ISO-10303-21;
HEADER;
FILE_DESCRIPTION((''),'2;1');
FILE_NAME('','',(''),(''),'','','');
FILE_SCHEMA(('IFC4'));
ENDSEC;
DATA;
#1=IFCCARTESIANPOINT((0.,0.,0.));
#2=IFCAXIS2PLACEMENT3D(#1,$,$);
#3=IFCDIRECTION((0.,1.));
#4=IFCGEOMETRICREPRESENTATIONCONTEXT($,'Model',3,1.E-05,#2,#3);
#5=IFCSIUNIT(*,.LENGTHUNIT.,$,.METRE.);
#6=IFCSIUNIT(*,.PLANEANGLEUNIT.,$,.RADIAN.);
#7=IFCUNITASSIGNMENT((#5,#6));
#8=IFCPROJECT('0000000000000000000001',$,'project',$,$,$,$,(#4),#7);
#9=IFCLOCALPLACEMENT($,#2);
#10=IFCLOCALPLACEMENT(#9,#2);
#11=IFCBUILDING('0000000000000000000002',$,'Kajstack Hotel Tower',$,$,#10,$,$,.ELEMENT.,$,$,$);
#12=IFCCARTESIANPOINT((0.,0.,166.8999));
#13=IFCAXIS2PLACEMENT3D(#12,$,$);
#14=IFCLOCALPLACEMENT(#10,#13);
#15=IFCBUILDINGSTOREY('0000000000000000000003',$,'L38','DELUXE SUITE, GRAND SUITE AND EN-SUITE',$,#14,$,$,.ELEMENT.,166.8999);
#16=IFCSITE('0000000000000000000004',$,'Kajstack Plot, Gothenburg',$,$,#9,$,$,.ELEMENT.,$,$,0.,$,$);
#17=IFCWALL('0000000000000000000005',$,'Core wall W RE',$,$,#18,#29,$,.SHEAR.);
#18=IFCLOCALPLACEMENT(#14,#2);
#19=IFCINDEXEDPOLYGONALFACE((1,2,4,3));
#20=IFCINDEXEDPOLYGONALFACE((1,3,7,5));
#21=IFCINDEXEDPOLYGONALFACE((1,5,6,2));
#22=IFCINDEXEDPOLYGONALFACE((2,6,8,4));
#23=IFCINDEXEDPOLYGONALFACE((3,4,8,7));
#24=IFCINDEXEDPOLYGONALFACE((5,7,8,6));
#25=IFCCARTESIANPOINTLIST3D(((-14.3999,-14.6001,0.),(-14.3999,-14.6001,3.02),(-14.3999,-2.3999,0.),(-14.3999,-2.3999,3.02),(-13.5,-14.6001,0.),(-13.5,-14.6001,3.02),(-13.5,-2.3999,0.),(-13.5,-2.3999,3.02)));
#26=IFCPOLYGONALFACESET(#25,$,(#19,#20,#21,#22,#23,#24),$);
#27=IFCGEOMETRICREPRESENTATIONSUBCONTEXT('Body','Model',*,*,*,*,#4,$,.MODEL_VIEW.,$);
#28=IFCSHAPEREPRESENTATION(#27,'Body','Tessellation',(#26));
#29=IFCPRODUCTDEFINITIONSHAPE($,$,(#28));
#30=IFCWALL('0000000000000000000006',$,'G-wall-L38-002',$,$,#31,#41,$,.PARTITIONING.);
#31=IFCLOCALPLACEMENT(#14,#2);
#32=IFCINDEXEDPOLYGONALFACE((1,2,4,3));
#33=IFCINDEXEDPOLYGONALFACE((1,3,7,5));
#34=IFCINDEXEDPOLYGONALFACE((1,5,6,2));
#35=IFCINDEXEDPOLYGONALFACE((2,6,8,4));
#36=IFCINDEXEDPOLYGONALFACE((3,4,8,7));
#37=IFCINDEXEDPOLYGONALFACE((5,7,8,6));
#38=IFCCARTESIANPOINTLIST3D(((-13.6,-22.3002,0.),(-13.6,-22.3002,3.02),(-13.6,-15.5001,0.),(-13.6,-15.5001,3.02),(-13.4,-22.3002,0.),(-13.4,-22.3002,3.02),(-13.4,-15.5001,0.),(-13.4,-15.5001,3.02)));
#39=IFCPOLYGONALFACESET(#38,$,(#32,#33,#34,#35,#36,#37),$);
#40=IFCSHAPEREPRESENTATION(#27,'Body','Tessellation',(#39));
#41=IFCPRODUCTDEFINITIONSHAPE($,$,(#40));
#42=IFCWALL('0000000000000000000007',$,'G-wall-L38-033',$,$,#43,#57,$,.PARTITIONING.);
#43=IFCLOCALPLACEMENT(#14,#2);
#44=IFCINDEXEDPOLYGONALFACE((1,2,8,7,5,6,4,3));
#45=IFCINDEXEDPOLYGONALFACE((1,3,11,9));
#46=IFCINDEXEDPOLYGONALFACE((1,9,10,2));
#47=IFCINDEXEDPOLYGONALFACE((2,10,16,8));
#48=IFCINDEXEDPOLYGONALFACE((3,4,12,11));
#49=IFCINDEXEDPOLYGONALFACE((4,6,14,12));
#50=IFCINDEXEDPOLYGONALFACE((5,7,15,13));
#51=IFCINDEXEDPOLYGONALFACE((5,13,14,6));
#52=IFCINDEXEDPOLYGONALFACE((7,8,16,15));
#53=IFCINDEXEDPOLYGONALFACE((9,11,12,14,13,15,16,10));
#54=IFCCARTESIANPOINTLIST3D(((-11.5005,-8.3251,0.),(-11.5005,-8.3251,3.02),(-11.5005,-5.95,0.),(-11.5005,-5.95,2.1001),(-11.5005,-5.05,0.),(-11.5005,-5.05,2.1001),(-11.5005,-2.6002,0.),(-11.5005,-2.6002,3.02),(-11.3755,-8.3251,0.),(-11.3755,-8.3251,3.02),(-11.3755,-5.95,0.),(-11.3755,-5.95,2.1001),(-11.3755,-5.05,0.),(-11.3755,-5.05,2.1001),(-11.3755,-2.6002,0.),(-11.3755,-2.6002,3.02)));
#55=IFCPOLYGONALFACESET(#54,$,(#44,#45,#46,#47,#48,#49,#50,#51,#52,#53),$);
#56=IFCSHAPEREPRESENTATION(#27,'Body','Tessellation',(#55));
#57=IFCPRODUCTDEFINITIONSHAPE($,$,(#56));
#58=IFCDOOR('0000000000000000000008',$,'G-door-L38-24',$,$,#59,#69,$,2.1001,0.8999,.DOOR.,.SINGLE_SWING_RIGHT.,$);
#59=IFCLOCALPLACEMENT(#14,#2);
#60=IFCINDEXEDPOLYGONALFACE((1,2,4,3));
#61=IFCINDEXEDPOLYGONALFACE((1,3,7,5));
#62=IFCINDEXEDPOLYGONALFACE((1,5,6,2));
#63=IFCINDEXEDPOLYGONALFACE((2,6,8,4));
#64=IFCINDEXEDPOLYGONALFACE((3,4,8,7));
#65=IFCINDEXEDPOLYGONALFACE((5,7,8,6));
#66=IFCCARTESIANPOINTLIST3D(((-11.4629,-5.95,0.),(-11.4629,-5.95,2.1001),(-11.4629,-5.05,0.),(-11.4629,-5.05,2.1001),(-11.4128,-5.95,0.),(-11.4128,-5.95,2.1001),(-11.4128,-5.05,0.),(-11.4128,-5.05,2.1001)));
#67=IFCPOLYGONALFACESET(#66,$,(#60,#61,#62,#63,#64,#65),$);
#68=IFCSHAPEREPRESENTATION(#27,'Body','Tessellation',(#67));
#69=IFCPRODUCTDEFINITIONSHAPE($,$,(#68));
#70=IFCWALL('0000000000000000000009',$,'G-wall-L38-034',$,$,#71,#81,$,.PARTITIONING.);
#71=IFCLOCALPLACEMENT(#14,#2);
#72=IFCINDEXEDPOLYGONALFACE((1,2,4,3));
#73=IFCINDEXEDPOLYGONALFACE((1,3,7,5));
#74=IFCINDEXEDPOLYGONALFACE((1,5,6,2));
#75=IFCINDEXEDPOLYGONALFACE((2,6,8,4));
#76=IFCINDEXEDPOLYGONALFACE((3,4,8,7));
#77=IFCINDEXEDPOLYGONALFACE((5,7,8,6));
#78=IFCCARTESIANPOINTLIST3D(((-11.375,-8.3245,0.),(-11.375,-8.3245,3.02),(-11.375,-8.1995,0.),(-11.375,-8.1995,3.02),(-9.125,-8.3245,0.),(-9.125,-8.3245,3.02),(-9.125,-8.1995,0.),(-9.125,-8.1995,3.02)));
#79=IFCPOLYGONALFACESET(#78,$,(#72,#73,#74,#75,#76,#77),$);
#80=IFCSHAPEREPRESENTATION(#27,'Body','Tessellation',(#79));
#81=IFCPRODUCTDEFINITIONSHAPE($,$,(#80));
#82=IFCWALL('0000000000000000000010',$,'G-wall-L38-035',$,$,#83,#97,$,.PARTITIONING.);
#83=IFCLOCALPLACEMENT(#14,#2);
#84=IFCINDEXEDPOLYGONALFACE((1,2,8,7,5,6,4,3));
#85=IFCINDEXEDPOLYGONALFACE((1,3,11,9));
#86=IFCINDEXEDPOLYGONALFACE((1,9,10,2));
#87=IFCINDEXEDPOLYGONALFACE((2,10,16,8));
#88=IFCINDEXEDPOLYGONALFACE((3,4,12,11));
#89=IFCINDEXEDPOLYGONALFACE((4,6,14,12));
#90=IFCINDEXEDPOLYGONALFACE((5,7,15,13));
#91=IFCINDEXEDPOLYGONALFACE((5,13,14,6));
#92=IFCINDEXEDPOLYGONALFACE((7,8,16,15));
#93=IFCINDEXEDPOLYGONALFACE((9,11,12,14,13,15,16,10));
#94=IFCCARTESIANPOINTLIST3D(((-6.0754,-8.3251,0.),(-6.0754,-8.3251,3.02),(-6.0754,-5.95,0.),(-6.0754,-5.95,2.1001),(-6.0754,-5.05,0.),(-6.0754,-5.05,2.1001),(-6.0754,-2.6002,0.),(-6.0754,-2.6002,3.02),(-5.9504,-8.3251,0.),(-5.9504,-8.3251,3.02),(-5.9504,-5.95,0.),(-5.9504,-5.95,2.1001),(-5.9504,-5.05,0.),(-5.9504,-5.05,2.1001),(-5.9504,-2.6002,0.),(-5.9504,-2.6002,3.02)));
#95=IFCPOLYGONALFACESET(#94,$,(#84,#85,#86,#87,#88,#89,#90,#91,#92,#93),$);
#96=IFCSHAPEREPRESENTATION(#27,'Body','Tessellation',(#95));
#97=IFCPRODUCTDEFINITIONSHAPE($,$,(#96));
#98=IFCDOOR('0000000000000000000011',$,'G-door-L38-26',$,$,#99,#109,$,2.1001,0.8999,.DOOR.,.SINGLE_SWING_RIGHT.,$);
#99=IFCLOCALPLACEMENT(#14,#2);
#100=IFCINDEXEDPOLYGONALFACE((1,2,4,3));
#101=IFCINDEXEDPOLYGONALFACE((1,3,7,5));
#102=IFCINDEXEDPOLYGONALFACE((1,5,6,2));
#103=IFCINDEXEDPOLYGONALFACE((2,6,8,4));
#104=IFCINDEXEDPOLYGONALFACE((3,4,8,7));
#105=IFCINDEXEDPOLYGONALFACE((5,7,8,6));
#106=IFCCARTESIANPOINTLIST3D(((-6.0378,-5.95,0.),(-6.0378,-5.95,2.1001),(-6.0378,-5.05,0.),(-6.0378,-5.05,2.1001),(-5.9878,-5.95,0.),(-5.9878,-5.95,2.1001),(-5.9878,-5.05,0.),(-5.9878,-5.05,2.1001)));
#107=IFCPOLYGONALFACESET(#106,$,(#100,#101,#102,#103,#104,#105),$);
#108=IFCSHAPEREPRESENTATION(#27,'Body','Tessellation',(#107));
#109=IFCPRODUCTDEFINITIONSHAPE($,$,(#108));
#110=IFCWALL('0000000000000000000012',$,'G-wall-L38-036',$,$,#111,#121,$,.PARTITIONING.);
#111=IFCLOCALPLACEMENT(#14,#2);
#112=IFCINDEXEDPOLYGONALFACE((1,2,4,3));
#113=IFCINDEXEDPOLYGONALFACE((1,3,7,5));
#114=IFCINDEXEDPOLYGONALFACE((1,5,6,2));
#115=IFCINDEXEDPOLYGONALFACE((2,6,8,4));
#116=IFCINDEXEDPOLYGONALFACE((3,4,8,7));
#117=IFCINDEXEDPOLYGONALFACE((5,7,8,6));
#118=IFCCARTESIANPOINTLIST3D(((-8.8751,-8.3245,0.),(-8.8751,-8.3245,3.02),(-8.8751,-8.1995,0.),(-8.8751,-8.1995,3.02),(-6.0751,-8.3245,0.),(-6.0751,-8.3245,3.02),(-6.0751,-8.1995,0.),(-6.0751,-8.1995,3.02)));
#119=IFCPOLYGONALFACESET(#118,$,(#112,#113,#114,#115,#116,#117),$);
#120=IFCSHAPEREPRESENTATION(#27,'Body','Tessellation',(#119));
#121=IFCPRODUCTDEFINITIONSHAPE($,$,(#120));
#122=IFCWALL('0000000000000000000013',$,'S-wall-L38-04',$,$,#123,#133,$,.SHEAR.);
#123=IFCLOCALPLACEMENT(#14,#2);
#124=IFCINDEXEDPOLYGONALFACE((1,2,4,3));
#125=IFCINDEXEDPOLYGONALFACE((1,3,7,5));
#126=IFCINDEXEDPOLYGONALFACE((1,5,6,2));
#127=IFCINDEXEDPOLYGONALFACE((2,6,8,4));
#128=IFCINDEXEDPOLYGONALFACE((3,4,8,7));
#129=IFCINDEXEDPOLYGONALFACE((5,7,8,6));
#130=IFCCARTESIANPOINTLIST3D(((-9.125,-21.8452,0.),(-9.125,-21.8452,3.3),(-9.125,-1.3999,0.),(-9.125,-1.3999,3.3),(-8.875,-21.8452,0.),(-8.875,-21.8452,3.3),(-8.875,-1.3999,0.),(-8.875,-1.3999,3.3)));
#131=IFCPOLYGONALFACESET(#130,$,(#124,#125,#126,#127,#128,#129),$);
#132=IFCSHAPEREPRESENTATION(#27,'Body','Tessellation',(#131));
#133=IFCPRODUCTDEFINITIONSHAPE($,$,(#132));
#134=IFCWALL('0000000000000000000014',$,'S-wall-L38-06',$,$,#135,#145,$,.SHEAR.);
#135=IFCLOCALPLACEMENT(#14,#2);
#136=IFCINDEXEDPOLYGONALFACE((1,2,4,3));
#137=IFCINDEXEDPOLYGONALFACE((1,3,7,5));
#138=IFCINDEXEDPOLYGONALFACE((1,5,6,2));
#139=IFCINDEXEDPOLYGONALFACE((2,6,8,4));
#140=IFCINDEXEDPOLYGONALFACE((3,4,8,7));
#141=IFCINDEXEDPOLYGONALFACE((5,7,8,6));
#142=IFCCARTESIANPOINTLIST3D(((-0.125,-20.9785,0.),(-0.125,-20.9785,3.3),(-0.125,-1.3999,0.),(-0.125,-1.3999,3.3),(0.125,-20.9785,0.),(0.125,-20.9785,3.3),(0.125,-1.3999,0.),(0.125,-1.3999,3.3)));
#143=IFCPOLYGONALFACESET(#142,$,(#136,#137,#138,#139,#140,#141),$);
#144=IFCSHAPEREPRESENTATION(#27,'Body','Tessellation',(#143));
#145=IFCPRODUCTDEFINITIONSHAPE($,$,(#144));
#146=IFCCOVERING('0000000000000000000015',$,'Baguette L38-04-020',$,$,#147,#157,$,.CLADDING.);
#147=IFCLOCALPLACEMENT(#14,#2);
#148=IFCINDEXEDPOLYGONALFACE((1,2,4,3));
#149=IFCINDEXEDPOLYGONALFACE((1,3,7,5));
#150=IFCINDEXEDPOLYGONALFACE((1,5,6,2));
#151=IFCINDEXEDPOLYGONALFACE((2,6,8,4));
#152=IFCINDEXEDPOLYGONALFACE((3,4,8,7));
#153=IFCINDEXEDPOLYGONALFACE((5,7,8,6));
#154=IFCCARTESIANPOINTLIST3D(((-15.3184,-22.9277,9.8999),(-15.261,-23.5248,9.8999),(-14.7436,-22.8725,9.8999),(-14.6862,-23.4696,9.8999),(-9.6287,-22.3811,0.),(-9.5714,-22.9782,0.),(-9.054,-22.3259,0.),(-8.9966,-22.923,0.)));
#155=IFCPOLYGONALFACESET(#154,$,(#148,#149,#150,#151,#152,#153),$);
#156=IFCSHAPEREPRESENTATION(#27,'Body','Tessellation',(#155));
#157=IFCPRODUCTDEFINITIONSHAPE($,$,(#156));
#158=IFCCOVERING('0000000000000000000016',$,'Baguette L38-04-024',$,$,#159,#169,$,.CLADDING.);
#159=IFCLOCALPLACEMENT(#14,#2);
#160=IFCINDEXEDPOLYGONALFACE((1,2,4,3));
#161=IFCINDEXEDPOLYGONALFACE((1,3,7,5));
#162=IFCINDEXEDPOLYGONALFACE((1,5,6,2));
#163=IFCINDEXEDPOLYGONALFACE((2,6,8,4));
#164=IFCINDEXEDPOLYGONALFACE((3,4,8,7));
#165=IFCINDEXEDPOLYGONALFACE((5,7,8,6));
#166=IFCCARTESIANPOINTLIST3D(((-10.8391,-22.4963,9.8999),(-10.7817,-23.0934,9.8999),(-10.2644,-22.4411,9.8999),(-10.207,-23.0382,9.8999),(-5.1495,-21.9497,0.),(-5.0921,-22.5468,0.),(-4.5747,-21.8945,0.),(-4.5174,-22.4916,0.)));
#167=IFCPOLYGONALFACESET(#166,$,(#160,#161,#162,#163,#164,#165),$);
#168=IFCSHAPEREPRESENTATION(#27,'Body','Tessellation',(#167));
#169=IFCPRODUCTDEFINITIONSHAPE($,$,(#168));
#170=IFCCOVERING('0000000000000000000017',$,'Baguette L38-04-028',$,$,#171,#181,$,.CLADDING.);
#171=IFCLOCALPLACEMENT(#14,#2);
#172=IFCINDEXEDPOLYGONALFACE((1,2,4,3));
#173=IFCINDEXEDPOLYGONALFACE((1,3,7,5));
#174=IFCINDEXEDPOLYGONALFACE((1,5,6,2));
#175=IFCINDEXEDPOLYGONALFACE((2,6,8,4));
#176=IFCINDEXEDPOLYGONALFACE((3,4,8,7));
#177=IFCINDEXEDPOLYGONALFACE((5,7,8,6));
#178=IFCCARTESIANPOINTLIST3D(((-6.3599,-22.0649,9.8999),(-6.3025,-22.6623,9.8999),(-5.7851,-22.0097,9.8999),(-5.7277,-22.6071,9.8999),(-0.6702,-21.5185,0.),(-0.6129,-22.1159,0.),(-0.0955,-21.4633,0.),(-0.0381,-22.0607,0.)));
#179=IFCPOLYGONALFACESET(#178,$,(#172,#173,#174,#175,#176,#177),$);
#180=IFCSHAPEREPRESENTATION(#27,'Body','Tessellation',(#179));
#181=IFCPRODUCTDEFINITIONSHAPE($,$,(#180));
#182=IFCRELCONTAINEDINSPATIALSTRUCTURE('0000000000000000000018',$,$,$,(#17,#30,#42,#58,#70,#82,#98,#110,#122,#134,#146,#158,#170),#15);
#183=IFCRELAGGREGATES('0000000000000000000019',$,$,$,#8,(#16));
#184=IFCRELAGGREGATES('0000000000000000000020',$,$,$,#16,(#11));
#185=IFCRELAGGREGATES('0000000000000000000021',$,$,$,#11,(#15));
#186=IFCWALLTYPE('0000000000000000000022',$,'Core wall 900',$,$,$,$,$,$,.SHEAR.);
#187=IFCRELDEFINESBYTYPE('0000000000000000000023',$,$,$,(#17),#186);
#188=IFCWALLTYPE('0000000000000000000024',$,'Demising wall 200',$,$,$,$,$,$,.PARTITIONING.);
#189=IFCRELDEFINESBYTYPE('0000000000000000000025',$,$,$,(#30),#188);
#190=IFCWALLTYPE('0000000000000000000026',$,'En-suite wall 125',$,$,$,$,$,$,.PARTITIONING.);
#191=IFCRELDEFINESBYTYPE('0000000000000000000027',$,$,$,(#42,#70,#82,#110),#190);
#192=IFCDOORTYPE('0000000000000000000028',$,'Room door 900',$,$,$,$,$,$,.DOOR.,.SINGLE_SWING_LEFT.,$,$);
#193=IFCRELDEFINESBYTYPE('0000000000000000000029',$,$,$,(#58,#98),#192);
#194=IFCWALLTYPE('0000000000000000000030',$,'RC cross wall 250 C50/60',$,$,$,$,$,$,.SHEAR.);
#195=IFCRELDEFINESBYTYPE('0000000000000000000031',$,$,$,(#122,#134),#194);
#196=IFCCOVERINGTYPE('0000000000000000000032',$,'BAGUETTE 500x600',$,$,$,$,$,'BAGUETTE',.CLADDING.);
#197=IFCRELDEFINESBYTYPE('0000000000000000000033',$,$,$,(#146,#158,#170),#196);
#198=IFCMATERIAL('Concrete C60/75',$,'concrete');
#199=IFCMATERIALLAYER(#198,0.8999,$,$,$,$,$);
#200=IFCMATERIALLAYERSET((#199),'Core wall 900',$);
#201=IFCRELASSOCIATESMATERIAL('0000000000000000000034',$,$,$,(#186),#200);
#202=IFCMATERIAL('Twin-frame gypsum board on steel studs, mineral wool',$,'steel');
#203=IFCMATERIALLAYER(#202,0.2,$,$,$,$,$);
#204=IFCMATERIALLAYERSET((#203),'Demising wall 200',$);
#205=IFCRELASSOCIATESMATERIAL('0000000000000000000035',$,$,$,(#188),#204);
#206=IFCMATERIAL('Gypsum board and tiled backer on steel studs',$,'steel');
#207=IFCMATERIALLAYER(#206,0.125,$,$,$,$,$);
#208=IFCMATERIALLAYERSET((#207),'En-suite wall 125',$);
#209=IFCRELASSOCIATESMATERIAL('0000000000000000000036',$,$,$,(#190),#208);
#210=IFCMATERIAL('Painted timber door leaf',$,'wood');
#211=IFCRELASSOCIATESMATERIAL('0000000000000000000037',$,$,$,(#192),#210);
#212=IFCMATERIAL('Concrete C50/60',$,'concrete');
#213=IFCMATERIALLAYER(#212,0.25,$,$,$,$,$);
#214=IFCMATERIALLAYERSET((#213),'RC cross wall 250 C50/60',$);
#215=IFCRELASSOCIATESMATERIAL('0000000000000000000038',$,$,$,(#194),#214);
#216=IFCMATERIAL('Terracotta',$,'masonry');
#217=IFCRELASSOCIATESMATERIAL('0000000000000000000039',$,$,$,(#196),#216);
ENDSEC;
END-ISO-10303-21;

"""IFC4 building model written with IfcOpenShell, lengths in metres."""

from ifc_helpers import new_model, si_unit, direction, frame, frame_2d, origin, origin_2d, place, context, subcontext, project, spatial, polyline, rectangle, outline, extrude, material, layer, layer_set, material_profile, profile_set, type_object, element, fill, save


model = new_model("IFC4")

# Units and contexts
model_context = context("Model", 3, precision=1e-05, world=origin(), true_north=direction((0.0, 1.0)))
body_context = subcontext(model_context, "Body", "Model", "MODEL_VIEW")
ifc_project = project(units=[si_unit("LENGTHUNIT", "METRE"), si_unit("PLANEANGLEUNIT", "RADIAN")], contexts=[model_context])

# Site, building, storey
site_placement = place(None, origin())
site = spatial("IfcSite", under=ifc_project, at=site_placement, Name="Kajstack Plot, Gothenburg", CompositionType="ELEMENT", RefElevation=0.0)
building_placement = place(site_placement, origin())
building = spatial("IfcBuilding", under=site, at=building_placement, Name="Kajstack Hotel Tower", CompositionType="ELEMENT")
storey_placement = place(building_placement, frame((0.0, 0.0, 166.8999)))
storey = spatial("IfcBuildingStorey", under=building, at=storey_placement, Name="L38", Description="DELUXE SUITE, GRAND SUITE AND EN-SUITE", CompositionType="ELEMENT", Elevation=166.8999)

# Walls
ifc_material_1 = material(Name="Concrete C60/75", Category="concrete")
ifc_layer_1 = layer(ifc_material_1, 0.8999)
ifc_layer_set_1 = layer_set([ifc_layer_1], Name="Core wall 900")
wall_type_1 = type_object("IfcWallType", Name="Core wall 900", PredefinedType="SHEAR", material=ifc_layer_set_1)
wall_1_placement = place(storey_placement, frame((-13.95, -14.6001, 0.0), z_axis=(0.0, 0.0, 1.0), x_axis=(0.0, 1.0, 0.0)))
element("IfcWall", 1, at=wall_1_placement, inside=storey, type_object=wall_type_1, Name="Core wall W RE", PredefinedType="SHEAR", context=body_context, shape_type="SweptSolid", body=[
    extrude(rectangle(XDim=12.2002, YDim=0.8999, at=frame_2d((6.1001, 0.0))), origin(), (0.0, 0.0, 1.0), 3.02),
])
ifc_material_2 = material(Name="Twin-frame gypsum board on steel studs, mineral wool", Category="steel")
ifc_layer_2 = layer(ifc_material_2, 0.2)
ifc_layer_set_2 = layer_set([ifc_layer_2], Name="Demising wall 200")
wall_type_2 = type_object("IfcWallType", Name="Demising wall 200", PredefinedType="PARTITIONING", material=ifc_layer_set_2)
wall_2_placement = place(storey_placement, frame((-13.5, -22.3, 0.0), z_axis=(0.0, 0.0, 1.0), x_axis=(0.0, 1.0, 0.0)))
element("IfcWall", 2, at=wall_2_placement, inside=storey, type_object=wall_type_2, Name="G-wall-L38-002", PredefinedType="PARTITIONING", context=body_context, shape_type="SweptSolid", body=[
    extrude(rectangle(XDim=6.8, YDim=0.2, at=frame_2d((3.3999, 0.0))), origin(), (0.0, 0.0, 1.0), 3.02),
])

# Wall, opening, door
ifc_material_3 = material(Name="Gypsum board and tiled backer on steel studs", Category="steel")
ifc_layer_3 = layer(ifc_material_3, 0.125)
ifc_layer_set_3 = layer_set([ifc_layer_3], Name="En-suite wall 125")
wall_type_3 = type_object("IfcWallType", Name="En-suite wall 125", PredefinedType="PARTITIONING", material=ifc_layer_set_3)
wall_3_placement = place(storey_placement, frame((-11.438, -8.325, 0.0), z_axis=(0.0, 0.0, 1.0), x_axis=(0.0, 1.0, 0.0)))
wall_3 = element("IfcWall", 3, at=wall_3_placement, inside=storey, type_object=wall_type_3, Name="G-wall-L38-033", PredefinedType="PARTITIONING", context=body_context, shape_type="SweptSolid", body=[
    extrude(rectangle(XDim=5.7249, YDim=0.125, at=frame_2d((2.8623, 0.0))), origin(), (0.0, 0.0, 1.0), 3.02),
])
opening_1_placement = place(wall_3_placement, frame((2.375, 0.0, 0.0)))
opening_1 = element("IfcOpeningElement", 4, at=opening_1_placement, cuts=wall_3, PredefinedType="OPENING", context=body_context, shape_type="SweptSolid", body=[
    extrude(rectangle(XDim=0.8999, YDim=2.1001, at=frame_2d((0.45, 1.05))), frame((0.0, 0.0725, 0.0), z_axis=(0.0, -1.0, 0.0), x_axis=(1.0, 0.0, 0.0)), (0.0, 0.0, 1.0), 0.145),
])
ifc_material_4 = material(Name="Painted timber door leaf", Category="wood")
door_type = type_object("IfcDoorType", Name="Room door 900", OperationType="SINGLE_SWING_LEFT", PredefinedType="DOOR", material=ifc_material_4)
door_1_placement = place(opening_1_placement, origin())
door_1 = element("IfcDoor", 5, at=door_1_placement, inside=storey, type_object=door_type, Name="G-door-L38-24", OperationType="SINGLE_SWING_RIGHT", OverallHeight=2.1001, OverallWidth=0.8999, PredefinedType="DOOR", context=body_context, shape_type="SweptSolid", body=[
    extrude(rectangle(XDim=0.8999, YDim=2.1001, at=frame_2d((0.45, 1.05))), frame((0.0, 0.0249, 0.0), z_axis=(0.0, -1.0, 0.0), x_axis=(1.0, 0.0, 0.0)), (0.0, 0.0, 1.0), 0.05),
])
fill(opening_1, door_1)

# Wall
wall_4_placement = place(storey_placement, frame((-11.375, -8.262, 0.0), z_axis=(0.0, 0.0, 1.0), x_axis=(1.0, 0.0, 0.0)))
element("IfcWall", 6, at=wall_4_placement, inside=storey, type_object=wall_type_3, Name="G-wall-L38-034", PredefinedType="PARTITIONING", context=body_context, shape_type="SweptSolid", body=[
    extrude(rectangle(XDim=2.25, YDim=0.125, at=frame_2d((1.125, 0.0))), origin(), (0.0, 0.0, 1.0), 3.02),
])

# Wall, opening, door
wall_5_placement = place(storey_placement, frame((-6.0129, -8.325, 0.0), z_axis=(0.0, 0.0, 1.0), x_axis=(0.0, 1.0, 0.0)))
wall_5 = element("IfcWall", 7, at=wall_5_placement, inside=storey, type_object=wall_type_3, Name="G-wall-L38-035", PredefinedType="PARTITIONING", context=body_context, shape_type="SweptSolid", body=[
    extrude(rectangle(XDim=5.7249, YDim=0.125, at=frame_2d((2.8623, 0.0))), origin(), (0.0, 0.0, 1.0), 3.02),
])
opening_2_placement = place(wall_5_placement, frame((2.375, 0.0, 0.0)))
opening_2 = element("IfcOpeningElement", 8, at=opening_2_placement, cuts=wall_5, PredefinedType="OPENING", context=body_context, shape_type="SweptSolid", body=[
    extrude(rectangle(XDim=0.8999, YDim=2.1001, at=frame_2d((0.45, 1.05))), frame((0.0, 0.0725, 0.0), z_axis=(0.0, -1.0, 0.0), x_axis=(1.0, 0.0, 0.0)), (0.0, 0.0, 1.0), 0.145),
])
door_2_placement = place(opening_2_placement, origin())
door_2 = element("IfcDoor", 9, at=door_2_placement, inside=storey, type_object=door_type, Name="G-door-L38-26", OperationType="SINGLE_SWING_RIGHT", OverallHeight=2.1001, OverallWidth=0.8999, PredefinedType="DOOR", context=body_context, shape_type="SweptSolid", body=[
    extrude(rectangle(XDim=0.8999, YDim=2.1001, at=frame_2d((0.45, 1.05))), frame((0.0, 0.0249, 0.0), z_axis=(0.0, -1.0, 0.0), x_axis=(1.0, 0.0, 0.0)), (0.0, 0.0, 1.0), 0.05),
])
fill(opening_2, door_2)

# Walls
wall_6_placement = place(storey_placement, frame((-8.875, -8.262, 0.0), z_axis=(0.0, 0.0, 1.0), x_axis=(1.0, 0.0, 0.0)))
element("IfcWall", 10, at=wall_6_placement, inside=storey, type_object=wall_type_3, Name="G-wall-L38-036", PredefinedType="PARTITIONING", context=body_context, shape_type="SweptSolid", body=[
    extrude(rectangle(XDim=2.8, YDim=0.125, at=frame_2d((1.3999, 0.0))), origin(), (0.0, 0.0, 1.0), 3.02),
])
ifc_material_5 = material(Name="Concrete C50/60", Category="concrete")
ifc_layer_4 = layer(ifc_material_5, 0.25)
ifc_layer_set_4 = layer_set([ifc_layer_4], Name="RC cross wall 250 C50/60")
wall_type_4 = type_object("IfcWallType", Name="RC cross wall 250 C50/60", PredefinedType="SHEAR", material=ifc_layer_set_4)
wall_7_placement = place(storey_placement, frame((-9.0, -21.8452, 0.0), z_axis=(0.0, 0.0, 1.0), x_axis=(0.0, 1.0, 0.0)))
element("IfcWall", 11, at=wall_7_placement, inside=storey, type_object=wall_type_4, Name="S-wall-L38-04", PredefinedType="SHEAR", context=body_context, shape_type="SweptSolid", body=[
    extrude(rectangle(XDim=20.4453, YDim=0.25, at=frame_2d((10.2227, 0.0))), origin(), (0.0, 0.0, 1.0), 3.3),
])
wall_8_placement = place(storey_placement, frame((0.0, -20.9785, 0.0), z_axis=(0.0, 0.0, 1.0), x_axis=(0.0, 1.0, 0.0)))
element("IfcWall", 12, at=wall_8_placement, inside=storey, type_object=wall_type_4, Name="S-wall-L38-06", PredefinedType="SHEAR", context=body_context, shape_type="SweptSolid", body=[
    extrude(rectangle(XDim=19.5786, YDim=0.25, at=frame_2d((9.7893, 0.0))), origin(), (0.0, 0.0, 1.0), 3.3),
])

# Coverings
ifc_material_6 = material(Name="Terracotta", Category="masonry")
ifc_material_profile = material_profile(ifc_material_6, rectangle(XDim=0.6001, YDim=0.5, at=origin_2d()), Name="Terracotta-clad concrete baguette 500 x 600")
ifc_profile_set = profile_set([ifc_material_profile], Name="Terracotta")
covering_type = type_object("IfcCoveringType", Name="BAGUETTE 500x600", ElementType="BAGUETTE", PredefinedType="CLADDING", material=ifc_profile_set)
for number, where, z_axis, x_axis, name in (
    (13, (-15.3184, -22.9277, 0.0), (0.095635, -0.995416, 0.0), (0.995416, 0.095635, 0.0), "Baguette L38-04-020"),
    (14, (-10.8391, -22.4963, 0.0), (0.095635, -0.995416, 0.0), (0.995416, 0.095635, 0.0), "Baguette L38-04-024"),
):
    element("IfcCovering", number, at=place(storey_placement, frame(where, z_axis=z_axis, x_axis=x_axis)), inside=storey, type_object=covering_type, Name=name, PredefinedType="CLADDING", context=body_context, shape_type="SweptSolid", body=[
        extrude(outline(polyline([(0.0, 9.8999), (5.7158, 0.0), (6.2932, 0.0), (0.5774, 9.8999), (0.0, 9.8999)])), origin(), (0.0, 0.0, 1.0), 0.5999),
    ])
covering_1_placement = place(storey_placement, frame((-6.3599, -22.0649, 0.0), z_axis=(0.095596, -0.99542, 0.0), x_axis=(0.99542, 0.095596, 0.0)))
element("IfcCovering", 15, at=covering_1_placement, inside=storey, type_object=covering_type, Name="Baguette L38-04-028", PredefinedType="CLADDING", context=body_context, shape_type="SweptSolid", body=[
    extrude(outline(polyline([(0.0, 9.8999), (5.7158, 0.0), (6.2932, 0.0), (0.5774, 9.8999), (0.0, 9.8999)])), origin(), (0.0, 0.0, 1.0), 0.6001),
])

save(model, "model.ifc")
